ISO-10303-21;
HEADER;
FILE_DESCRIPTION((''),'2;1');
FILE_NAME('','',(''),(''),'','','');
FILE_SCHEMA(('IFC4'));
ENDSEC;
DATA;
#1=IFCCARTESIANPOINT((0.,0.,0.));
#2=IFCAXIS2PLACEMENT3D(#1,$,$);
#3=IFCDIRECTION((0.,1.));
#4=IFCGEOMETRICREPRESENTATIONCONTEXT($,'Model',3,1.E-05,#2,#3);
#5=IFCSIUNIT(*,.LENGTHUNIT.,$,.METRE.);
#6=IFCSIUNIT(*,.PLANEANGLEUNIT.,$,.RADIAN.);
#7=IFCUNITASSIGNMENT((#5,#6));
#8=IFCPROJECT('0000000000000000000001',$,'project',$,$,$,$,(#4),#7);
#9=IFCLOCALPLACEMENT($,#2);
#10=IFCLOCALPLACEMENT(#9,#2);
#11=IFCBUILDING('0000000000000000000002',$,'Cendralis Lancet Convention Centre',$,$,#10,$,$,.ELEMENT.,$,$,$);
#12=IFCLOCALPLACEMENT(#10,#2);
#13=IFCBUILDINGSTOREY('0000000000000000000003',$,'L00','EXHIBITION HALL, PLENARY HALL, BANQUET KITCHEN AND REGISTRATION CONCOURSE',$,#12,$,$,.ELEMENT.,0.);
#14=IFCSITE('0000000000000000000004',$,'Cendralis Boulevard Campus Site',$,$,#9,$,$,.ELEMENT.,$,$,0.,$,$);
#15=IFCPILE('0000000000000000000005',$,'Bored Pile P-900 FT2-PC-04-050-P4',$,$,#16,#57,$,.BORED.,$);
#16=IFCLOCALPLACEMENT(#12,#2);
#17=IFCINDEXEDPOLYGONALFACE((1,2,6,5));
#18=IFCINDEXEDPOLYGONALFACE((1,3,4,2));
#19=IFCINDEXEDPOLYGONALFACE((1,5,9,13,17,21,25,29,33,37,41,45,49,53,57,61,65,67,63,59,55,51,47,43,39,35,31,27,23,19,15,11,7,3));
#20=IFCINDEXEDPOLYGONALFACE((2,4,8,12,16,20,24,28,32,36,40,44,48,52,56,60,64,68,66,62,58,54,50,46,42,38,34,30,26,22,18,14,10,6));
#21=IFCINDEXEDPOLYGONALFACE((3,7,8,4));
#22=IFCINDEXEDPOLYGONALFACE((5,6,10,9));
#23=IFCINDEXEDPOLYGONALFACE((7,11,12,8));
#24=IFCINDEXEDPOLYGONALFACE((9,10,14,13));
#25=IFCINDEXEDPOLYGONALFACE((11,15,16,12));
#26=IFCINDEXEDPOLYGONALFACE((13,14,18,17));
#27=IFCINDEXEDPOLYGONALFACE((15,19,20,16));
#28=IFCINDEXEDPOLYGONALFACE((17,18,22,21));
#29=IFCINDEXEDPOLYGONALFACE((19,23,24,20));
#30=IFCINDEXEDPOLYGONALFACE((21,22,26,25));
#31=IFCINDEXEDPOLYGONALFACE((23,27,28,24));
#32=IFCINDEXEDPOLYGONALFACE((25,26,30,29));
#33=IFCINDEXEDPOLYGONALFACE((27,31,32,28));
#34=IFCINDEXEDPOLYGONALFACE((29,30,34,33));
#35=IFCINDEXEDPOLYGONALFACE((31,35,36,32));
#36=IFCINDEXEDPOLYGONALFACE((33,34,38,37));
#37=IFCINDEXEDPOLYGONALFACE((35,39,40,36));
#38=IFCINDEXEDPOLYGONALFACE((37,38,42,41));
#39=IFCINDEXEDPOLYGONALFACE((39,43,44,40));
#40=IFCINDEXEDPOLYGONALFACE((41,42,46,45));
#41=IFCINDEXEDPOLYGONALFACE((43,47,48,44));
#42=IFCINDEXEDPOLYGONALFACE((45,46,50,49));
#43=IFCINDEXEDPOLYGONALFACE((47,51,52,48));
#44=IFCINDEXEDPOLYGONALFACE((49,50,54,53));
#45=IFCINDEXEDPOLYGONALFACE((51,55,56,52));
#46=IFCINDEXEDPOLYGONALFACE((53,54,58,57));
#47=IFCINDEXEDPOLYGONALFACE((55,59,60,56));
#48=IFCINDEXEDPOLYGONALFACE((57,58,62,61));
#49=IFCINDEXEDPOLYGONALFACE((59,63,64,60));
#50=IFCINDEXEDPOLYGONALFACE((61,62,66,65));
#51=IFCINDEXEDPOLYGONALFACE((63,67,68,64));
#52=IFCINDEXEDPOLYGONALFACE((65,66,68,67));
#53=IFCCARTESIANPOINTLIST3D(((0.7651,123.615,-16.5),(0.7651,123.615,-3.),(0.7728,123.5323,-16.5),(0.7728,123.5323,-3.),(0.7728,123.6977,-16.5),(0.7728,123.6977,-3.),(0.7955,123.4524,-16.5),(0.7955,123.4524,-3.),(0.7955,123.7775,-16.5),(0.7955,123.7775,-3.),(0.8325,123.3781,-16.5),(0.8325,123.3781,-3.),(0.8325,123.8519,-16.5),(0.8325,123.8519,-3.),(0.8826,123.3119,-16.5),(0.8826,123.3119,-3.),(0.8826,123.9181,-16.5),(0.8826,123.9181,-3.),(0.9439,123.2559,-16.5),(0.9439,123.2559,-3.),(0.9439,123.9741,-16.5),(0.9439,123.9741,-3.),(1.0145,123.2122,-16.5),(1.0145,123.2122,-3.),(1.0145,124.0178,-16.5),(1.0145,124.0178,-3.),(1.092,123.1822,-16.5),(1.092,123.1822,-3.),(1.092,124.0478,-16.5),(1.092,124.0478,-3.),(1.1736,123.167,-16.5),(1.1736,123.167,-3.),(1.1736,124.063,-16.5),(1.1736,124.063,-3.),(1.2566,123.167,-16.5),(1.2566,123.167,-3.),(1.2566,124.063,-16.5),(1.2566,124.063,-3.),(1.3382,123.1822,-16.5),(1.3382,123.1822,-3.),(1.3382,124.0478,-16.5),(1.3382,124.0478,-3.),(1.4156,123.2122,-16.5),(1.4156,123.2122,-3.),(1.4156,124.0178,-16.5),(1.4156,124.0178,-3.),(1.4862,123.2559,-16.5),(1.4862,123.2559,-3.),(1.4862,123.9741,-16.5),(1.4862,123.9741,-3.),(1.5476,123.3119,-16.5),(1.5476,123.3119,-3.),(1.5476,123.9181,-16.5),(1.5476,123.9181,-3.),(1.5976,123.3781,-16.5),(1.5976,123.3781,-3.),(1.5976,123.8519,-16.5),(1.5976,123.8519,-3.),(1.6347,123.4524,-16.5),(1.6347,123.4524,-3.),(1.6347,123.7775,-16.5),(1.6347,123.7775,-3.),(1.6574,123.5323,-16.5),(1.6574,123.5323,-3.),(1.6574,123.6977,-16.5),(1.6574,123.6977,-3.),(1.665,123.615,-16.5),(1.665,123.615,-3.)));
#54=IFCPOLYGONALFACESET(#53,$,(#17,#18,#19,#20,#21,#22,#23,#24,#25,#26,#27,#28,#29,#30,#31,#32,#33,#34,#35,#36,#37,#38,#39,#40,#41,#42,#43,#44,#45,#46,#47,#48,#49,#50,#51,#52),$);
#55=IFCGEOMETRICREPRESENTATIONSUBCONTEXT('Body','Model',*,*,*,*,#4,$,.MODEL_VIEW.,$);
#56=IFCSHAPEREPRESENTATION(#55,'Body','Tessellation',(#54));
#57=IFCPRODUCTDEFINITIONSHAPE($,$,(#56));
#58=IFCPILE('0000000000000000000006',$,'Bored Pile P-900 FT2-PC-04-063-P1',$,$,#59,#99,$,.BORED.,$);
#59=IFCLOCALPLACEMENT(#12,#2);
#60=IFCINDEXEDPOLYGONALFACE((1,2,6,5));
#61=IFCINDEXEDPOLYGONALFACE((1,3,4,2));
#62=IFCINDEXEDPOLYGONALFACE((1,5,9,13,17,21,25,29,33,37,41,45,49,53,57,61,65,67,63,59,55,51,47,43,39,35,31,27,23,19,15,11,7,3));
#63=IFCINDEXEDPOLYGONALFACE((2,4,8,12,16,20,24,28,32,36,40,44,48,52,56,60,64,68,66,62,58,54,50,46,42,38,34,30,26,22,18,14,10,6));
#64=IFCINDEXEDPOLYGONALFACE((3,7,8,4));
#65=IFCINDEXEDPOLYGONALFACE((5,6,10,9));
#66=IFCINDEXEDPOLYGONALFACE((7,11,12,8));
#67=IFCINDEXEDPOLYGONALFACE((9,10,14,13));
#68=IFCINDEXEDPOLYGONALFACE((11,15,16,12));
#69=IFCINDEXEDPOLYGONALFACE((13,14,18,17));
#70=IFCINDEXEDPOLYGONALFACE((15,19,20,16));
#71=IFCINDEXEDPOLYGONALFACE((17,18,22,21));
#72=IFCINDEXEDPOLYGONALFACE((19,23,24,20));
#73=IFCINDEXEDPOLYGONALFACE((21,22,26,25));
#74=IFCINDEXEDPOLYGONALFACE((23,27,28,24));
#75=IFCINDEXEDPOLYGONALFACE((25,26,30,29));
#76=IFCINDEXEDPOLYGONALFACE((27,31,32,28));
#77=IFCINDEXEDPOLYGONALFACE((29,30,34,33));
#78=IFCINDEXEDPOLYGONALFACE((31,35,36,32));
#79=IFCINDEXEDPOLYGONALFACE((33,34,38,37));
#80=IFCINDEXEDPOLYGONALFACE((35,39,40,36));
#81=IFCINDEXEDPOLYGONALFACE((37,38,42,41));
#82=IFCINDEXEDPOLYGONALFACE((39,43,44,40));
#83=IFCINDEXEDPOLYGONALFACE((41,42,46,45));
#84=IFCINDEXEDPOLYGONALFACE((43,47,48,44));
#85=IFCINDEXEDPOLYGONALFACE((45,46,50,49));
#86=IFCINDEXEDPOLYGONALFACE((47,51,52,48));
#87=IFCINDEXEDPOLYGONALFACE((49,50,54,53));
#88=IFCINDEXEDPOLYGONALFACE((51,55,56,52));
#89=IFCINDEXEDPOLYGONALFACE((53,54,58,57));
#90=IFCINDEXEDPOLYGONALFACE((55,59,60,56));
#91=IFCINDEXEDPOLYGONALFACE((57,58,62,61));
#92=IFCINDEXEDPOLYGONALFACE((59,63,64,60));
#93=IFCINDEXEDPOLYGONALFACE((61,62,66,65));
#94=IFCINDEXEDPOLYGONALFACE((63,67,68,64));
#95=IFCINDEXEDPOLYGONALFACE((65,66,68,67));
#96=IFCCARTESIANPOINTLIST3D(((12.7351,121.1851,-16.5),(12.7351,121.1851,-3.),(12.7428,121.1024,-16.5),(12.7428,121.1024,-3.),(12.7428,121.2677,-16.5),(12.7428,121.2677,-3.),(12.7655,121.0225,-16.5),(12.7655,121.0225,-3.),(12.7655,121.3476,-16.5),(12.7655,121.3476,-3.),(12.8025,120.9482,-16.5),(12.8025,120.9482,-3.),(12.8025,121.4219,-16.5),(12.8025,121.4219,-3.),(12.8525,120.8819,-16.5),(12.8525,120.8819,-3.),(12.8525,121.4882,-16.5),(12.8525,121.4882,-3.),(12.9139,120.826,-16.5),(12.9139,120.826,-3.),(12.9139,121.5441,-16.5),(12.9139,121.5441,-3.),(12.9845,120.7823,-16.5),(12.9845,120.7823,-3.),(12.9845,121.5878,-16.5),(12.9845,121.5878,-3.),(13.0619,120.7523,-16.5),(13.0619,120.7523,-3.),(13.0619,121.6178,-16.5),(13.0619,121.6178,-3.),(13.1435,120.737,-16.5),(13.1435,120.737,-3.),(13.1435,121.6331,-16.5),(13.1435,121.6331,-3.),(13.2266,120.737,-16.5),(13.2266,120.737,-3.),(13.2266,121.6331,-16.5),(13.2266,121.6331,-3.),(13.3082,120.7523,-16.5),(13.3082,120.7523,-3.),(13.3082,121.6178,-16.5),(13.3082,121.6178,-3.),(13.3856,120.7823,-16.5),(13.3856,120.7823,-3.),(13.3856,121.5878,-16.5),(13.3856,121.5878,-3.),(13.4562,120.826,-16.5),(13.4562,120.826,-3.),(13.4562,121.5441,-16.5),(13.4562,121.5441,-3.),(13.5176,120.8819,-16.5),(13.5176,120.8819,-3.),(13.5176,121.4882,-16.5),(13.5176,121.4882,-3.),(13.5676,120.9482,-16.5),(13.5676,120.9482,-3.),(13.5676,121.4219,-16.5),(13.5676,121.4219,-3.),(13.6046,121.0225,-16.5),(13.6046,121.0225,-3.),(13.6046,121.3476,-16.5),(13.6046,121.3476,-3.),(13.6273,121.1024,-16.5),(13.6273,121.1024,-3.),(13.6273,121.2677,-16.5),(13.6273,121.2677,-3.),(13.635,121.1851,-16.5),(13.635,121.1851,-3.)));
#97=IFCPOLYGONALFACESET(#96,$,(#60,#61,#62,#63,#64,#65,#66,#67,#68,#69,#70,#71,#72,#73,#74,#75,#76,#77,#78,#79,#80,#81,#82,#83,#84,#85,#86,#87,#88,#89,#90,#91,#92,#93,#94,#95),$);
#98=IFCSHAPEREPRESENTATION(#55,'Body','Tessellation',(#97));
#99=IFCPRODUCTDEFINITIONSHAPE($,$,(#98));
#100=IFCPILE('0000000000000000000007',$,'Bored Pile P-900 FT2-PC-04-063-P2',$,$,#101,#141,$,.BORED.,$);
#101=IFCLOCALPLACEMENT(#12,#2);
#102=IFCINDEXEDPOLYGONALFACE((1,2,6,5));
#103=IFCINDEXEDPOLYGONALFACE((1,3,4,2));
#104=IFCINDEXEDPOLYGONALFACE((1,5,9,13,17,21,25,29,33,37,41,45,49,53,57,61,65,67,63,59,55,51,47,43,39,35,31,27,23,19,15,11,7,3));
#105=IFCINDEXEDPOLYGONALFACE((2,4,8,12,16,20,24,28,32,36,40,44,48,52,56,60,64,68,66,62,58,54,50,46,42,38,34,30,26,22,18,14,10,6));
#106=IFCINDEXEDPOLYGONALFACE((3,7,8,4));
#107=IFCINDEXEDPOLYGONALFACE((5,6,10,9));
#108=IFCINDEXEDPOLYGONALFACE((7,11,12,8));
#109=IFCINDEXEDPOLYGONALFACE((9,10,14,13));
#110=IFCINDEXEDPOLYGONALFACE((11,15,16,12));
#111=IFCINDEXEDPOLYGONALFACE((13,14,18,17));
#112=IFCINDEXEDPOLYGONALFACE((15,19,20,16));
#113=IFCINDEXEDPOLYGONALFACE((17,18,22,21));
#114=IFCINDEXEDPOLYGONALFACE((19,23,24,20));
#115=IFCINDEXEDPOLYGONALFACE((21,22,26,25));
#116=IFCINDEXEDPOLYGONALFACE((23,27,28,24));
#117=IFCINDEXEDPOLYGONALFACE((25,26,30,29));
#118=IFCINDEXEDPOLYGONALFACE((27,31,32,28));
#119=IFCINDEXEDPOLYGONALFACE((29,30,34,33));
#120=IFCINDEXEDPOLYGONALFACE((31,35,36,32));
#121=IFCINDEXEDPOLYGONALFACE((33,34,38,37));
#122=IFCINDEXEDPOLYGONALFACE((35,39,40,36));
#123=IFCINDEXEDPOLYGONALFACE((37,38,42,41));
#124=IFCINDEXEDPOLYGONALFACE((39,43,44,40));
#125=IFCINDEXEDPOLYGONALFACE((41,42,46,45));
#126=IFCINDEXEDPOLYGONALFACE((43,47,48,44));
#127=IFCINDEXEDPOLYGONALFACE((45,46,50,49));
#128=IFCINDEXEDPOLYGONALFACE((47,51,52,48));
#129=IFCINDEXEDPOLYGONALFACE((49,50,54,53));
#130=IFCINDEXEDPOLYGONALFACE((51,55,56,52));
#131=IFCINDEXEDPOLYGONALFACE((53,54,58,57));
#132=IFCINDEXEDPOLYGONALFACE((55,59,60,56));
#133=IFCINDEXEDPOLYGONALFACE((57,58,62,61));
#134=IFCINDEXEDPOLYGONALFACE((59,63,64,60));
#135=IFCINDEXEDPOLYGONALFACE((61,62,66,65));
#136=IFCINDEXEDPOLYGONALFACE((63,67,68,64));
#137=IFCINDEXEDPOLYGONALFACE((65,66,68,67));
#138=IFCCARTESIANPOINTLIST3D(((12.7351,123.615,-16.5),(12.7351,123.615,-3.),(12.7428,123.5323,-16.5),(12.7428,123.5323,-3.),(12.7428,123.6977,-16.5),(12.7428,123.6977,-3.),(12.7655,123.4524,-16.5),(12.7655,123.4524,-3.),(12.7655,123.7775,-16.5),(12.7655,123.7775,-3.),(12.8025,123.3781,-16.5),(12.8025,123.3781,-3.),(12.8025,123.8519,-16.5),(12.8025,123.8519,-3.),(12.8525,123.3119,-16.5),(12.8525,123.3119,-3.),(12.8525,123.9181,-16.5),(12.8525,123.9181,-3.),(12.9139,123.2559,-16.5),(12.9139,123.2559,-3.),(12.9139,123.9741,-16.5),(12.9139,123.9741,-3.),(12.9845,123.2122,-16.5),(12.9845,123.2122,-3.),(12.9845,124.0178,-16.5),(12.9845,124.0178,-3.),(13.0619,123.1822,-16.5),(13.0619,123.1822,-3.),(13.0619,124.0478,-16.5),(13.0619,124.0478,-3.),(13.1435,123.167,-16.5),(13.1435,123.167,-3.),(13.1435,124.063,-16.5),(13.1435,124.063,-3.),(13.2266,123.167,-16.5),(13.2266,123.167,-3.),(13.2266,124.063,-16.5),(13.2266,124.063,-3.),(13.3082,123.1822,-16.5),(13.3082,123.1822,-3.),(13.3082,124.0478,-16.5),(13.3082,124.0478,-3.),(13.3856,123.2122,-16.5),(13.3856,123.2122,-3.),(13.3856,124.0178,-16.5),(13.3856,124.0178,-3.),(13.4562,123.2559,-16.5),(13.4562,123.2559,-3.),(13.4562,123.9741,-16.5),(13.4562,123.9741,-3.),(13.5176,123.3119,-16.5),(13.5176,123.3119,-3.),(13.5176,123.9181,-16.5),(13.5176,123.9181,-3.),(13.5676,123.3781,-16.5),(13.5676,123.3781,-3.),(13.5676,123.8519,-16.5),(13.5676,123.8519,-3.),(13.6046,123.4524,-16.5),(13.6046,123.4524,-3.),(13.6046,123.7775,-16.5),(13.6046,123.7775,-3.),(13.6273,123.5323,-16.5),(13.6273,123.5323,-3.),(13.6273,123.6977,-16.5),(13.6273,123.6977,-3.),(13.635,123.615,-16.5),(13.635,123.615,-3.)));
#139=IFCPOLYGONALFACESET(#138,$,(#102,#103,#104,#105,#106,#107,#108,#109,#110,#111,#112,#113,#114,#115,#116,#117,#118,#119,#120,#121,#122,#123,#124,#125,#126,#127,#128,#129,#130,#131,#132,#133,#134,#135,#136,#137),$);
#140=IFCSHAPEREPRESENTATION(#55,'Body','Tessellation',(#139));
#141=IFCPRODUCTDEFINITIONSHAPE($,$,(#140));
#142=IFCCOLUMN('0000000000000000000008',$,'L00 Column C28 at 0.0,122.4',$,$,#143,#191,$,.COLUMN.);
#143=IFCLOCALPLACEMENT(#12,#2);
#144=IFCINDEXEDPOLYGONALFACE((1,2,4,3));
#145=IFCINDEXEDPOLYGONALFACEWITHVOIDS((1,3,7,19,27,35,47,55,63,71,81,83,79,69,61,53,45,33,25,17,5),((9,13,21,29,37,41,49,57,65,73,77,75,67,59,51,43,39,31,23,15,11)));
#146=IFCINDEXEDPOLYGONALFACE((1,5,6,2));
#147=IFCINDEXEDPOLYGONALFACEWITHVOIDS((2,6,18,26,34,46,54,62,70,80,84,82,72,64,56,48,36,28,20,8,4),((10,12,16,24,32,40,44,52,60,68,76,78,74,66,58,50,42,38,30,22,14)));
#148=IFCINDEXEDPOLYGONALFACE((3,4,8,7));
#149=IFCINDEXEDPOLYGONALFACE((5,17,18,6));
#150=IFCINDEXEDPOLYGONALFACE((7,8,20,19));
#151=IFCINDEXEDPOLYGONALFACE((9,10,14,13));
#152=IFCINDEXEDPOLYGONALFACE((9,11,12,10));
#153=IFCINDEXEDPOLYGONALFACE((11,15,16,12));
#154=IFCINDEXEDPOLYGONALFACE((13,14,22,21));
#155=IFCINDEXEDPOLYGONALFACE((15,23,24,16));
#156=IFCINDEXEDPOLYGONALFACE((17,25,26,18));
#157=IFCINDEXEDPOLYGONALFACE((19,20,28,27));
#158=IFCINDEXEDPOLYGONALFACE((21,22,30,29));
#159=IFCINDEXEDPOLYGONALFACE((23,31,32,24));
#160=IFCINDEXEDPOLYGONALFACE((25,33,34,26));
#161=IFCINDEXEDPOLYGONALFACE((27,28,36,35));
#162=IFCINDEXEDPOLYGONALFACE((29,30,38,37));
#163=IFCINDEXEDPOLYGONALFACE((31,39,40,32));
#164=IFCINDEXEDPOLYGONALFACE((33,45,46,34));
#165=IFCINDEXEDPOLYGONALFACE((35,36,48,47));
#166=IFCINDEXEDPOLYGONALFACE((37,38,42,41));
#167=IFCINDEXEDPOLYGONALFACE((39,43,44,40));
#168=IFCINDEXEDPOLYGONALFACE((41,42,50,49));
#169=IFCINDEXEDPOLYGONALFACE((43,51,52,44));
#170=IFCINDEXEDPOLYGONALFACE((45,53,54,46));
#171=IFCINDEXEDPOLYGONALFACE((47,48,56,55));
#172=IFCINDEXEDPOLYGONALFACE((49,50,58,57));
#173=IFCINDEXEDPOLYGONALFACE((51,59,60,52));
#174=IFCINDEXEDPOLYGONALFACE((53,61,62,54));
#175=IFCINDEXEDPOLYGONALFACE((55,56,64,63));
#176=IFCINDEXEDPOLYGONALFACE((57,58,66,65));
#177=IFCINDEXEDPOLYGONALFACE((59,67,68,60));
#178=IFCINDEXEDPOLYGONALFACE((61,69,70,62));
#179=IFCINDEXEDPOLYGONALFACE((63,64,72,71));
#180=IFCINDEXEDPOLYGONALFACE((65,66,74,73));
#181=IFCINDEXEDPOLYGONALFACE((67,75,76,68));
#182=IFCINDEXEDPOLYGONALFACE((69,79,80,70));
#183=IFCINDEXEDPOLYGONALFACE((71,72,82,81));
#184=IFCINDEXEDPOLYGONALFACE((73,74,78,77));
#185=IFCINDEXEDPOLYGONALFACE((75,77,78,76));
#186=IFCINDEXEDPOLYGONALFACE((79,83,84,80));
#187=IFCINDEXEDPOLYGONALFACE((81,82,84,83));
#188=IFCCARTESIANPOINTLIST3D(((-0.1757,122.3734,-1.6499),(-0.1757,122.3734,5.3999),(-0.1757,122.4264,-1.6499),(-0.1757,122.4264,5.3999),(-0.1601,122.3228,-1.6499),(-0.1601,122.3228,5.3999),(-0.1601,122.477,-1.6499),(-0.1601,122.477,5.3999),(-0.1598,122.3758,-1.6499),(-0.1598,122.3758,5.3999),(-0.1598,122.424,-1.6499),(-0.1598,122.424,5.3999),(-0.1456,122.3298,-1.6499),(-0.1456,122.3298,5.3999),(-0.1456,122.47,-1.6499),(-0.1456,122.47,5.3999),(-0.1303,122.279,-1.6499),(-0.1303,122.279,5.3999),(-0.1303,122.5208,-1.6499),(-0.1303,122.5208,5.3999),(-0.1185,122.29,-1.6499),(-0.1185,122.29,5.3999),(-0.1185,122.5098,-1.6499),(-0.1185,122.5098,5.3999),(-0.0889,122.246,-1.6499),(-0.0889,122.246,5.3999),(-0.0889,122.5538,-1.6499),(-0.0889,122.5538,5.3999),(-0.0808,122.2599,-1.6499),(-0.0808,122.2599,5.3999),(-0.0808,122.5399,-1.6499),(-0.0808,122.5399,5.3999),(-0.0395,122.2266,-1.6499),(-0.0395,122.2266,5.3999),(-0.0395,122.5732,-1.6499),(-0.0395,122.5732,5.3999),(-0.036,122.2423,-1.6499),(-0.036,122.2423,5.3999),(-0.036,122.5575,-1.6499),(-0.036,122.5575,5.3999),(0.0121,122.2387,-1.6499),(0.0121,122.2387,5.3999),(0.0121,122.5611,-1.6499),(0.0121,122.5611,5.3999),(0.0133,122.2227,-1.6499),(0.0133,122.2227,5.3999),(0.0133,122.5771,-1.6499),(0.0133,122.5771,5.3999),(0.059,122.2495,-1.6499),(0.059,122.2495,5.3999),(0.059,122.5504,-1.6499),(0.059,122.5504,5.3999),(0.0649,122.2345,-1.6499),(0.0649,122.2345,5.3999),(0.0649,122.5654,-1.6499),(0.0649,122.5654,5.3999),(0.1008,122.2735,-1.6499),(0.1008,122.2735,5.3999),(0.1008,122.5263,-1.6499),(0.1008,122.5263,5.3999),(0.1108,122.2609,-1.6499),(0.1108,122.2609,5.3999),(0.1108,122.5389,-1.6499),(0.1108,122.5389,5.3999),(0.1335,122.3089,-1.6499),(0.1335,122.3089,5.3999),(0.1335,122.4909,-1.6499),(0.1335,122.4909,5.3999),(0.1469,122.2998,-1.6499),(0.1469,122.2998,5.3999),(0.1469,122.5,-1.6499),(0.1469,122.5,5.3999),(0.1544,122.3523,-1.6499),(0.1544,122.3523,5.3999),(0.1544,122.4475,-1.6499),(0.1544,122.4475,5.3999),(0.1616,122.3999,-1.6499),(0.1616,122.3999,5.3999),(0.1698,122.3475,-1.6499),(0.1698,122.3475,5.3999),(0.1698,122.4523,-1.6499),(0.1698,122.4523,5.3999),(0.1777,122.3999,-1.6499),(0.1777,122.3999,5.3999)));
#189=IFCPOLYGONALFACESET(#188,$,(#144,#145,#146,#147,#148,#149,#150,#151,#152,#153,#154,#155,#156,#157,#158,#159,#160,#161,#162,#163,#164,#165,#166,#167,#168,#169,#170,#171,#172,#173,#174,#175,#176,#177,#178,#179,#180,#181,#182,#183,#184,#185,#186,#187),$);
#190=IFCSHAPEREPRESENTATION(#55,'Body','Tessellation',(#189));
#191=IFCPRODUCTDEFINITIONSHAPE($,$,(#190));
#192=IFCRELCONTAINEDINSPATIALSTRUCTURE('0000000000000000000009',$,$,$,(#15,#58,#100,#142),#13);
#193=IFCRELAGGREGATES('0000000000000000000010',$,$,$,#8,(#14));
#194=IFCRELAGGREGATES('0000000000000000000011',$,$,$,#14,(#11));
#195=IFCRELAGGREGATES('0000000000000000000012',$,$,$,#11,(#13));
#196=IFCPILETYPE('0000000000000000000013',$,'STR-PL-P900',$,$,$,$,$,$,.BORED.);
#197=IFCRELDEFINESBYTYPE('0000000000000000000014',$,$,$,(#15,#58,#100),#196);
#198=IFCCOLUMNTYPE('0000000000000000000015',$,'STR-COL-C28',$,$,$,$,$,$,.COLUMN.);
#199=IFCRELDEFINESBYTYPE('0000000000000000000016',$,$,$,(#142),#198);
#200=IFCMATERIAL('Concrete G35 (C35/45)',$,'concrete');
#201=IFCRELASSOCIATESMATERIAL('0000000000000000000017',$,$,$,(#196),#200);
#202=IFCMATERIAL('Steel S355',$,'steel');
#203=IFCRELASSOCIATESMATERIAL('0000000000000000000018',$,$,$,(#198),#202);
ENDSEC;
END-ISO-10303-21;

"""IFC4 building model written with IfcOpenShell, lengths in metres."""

from ifc_helpers import new_model, si_unit, direction, frame, origin, origin_2d, place, context, subcontext, project, spatial, circle, hollow_circle, extrude, material, material_profile, profile_set, type_object, element, save


model = new_model("IFC4")

# Units and contexts
model_context = context("Model", 3, precision=1e-05, world=origin(), true_north=direction((0.0, 1.0)))
body_context = subcontext(model_context, "Body", "Model", "MODEL_VIEW")
ifc_project = project(units=[si_unit("LENGTHUNIT", "METRE"), si_unit("PLANEANGLEUNIT", "RADIAN")], contexts=[model_context])

# Site, building, storey
site_placement = place(None, origin())
site = spatial("IfcSite", under=ifc_project, at=site_placement, Name="Cendralis Boulevard Campus Site", CompositionType="ELEMENT", RefElevation=0.0)
building_placement = place(site_placement, origin())
building = spatial("IfcBuilding", under=site, at=building_placement, Name="Cendralis Lancet Convention Centre", CompositionType="ELEMENT")
storey_placement = place(building_placement, origin())
storey = spatial("IfcBuildingStorey", under=building, at=storey_placement, Name="L00", Description="EXHIBITION HALL, PLENARY HALL, BANQUET KITCHEN AND REGISTRATION CONCOURSE", CompositionType="ELEMENT", Elevation=0.0)

# Shared definitions
ifc_material_1 = material(Name="Concrete G35 (C35/45)", Category="concrete")

# Piles
ifc_material_profile_1 = material_profile(ifc_material_1, circle(Radius=0.45, at=origin_2d()), Name="BORED PILE D900")
ifc_profile_set_1 = profile_set([ifc_material_profile_1], Name="Concrete G35 (C35/45)")
pile_type_1 = type_object("IfcPileType", Name="STR-PL-P900", PredefinedType="BORED", material=ifc_profile_set_1)
for number, where, z_axis, x_axis, name in (
    (1, (1.2151, 123.615, -3.0), (0.0, 0.0, -1.0), (1.0, 0.0, 0.0), "Bored Pile P-900 FT2-PC-04-050-P4"),
    (2, (13.1851, 121.1851, -3.0), (0.0, 0.0, -1.0), (1.0, 0.0, 0.0), "Bored Pile P-900 FT2-PC-04-063-P1"),
    (3, (13.1851, 123.615, -3.0), (0.0, 0.0, -1.0), (1.0, 0.0, 0.0), "Bored Pile P-900 FT2-PC-04-063-P2"),
):
    element("IfcPile", number, at=place(storey_placement, frame(where, z_axis=z_axis, x_axis=x_axis)), inside=storey, type_object=pile_type_1, Name=name, PredefinedType="BORED", context=body_context, shape_type="SweptSolid", body=[
        extrude(circle(Radius=0.45, at=origin_2d()), origin(), (0.0, 0.0, 1.0), 13.5),
    ])

# Column
ifc_material_2 = material(Name="Steel S355", Category="steel")
ifc_material_profile_2 = material_profile(ifc_material_2, hollow_circle(Radius=0.1777, WallThickness=0.0161, at=origin_2d()), Name="CHS 355.6x16.0")
ifc_profile_set_2 = profile_set([ifc_material_profile_2], Name="Steel S355")
column_type = type_object("IfcColumnType", Name="STR-COL-C28", PredefinedType="COLUMN", material=ifc_profile_set_2)
column_placement = place(storey_placement, frame((0.0, 122.3999, -1.6499), z_axis=(0.0, 0.0, 1.0), x_axis=(1.0, 0.0, 0.0)))
element("IfcColumn", 4, at=column_placement, inside=storey, type_object=column_type, Name="L00 Column C28 at 0.0,122.4", PredefinedType="COLUMN", context=body_context, shape_type="SweptSolid", body=[
    extrude(hollow_circle(Radius=0.1777, WallThickness=0.0161, at=origin_2d()), origin(), (0.0, 0.0, 1.0), 7.0498),
])

save(model, "model.ifc")
